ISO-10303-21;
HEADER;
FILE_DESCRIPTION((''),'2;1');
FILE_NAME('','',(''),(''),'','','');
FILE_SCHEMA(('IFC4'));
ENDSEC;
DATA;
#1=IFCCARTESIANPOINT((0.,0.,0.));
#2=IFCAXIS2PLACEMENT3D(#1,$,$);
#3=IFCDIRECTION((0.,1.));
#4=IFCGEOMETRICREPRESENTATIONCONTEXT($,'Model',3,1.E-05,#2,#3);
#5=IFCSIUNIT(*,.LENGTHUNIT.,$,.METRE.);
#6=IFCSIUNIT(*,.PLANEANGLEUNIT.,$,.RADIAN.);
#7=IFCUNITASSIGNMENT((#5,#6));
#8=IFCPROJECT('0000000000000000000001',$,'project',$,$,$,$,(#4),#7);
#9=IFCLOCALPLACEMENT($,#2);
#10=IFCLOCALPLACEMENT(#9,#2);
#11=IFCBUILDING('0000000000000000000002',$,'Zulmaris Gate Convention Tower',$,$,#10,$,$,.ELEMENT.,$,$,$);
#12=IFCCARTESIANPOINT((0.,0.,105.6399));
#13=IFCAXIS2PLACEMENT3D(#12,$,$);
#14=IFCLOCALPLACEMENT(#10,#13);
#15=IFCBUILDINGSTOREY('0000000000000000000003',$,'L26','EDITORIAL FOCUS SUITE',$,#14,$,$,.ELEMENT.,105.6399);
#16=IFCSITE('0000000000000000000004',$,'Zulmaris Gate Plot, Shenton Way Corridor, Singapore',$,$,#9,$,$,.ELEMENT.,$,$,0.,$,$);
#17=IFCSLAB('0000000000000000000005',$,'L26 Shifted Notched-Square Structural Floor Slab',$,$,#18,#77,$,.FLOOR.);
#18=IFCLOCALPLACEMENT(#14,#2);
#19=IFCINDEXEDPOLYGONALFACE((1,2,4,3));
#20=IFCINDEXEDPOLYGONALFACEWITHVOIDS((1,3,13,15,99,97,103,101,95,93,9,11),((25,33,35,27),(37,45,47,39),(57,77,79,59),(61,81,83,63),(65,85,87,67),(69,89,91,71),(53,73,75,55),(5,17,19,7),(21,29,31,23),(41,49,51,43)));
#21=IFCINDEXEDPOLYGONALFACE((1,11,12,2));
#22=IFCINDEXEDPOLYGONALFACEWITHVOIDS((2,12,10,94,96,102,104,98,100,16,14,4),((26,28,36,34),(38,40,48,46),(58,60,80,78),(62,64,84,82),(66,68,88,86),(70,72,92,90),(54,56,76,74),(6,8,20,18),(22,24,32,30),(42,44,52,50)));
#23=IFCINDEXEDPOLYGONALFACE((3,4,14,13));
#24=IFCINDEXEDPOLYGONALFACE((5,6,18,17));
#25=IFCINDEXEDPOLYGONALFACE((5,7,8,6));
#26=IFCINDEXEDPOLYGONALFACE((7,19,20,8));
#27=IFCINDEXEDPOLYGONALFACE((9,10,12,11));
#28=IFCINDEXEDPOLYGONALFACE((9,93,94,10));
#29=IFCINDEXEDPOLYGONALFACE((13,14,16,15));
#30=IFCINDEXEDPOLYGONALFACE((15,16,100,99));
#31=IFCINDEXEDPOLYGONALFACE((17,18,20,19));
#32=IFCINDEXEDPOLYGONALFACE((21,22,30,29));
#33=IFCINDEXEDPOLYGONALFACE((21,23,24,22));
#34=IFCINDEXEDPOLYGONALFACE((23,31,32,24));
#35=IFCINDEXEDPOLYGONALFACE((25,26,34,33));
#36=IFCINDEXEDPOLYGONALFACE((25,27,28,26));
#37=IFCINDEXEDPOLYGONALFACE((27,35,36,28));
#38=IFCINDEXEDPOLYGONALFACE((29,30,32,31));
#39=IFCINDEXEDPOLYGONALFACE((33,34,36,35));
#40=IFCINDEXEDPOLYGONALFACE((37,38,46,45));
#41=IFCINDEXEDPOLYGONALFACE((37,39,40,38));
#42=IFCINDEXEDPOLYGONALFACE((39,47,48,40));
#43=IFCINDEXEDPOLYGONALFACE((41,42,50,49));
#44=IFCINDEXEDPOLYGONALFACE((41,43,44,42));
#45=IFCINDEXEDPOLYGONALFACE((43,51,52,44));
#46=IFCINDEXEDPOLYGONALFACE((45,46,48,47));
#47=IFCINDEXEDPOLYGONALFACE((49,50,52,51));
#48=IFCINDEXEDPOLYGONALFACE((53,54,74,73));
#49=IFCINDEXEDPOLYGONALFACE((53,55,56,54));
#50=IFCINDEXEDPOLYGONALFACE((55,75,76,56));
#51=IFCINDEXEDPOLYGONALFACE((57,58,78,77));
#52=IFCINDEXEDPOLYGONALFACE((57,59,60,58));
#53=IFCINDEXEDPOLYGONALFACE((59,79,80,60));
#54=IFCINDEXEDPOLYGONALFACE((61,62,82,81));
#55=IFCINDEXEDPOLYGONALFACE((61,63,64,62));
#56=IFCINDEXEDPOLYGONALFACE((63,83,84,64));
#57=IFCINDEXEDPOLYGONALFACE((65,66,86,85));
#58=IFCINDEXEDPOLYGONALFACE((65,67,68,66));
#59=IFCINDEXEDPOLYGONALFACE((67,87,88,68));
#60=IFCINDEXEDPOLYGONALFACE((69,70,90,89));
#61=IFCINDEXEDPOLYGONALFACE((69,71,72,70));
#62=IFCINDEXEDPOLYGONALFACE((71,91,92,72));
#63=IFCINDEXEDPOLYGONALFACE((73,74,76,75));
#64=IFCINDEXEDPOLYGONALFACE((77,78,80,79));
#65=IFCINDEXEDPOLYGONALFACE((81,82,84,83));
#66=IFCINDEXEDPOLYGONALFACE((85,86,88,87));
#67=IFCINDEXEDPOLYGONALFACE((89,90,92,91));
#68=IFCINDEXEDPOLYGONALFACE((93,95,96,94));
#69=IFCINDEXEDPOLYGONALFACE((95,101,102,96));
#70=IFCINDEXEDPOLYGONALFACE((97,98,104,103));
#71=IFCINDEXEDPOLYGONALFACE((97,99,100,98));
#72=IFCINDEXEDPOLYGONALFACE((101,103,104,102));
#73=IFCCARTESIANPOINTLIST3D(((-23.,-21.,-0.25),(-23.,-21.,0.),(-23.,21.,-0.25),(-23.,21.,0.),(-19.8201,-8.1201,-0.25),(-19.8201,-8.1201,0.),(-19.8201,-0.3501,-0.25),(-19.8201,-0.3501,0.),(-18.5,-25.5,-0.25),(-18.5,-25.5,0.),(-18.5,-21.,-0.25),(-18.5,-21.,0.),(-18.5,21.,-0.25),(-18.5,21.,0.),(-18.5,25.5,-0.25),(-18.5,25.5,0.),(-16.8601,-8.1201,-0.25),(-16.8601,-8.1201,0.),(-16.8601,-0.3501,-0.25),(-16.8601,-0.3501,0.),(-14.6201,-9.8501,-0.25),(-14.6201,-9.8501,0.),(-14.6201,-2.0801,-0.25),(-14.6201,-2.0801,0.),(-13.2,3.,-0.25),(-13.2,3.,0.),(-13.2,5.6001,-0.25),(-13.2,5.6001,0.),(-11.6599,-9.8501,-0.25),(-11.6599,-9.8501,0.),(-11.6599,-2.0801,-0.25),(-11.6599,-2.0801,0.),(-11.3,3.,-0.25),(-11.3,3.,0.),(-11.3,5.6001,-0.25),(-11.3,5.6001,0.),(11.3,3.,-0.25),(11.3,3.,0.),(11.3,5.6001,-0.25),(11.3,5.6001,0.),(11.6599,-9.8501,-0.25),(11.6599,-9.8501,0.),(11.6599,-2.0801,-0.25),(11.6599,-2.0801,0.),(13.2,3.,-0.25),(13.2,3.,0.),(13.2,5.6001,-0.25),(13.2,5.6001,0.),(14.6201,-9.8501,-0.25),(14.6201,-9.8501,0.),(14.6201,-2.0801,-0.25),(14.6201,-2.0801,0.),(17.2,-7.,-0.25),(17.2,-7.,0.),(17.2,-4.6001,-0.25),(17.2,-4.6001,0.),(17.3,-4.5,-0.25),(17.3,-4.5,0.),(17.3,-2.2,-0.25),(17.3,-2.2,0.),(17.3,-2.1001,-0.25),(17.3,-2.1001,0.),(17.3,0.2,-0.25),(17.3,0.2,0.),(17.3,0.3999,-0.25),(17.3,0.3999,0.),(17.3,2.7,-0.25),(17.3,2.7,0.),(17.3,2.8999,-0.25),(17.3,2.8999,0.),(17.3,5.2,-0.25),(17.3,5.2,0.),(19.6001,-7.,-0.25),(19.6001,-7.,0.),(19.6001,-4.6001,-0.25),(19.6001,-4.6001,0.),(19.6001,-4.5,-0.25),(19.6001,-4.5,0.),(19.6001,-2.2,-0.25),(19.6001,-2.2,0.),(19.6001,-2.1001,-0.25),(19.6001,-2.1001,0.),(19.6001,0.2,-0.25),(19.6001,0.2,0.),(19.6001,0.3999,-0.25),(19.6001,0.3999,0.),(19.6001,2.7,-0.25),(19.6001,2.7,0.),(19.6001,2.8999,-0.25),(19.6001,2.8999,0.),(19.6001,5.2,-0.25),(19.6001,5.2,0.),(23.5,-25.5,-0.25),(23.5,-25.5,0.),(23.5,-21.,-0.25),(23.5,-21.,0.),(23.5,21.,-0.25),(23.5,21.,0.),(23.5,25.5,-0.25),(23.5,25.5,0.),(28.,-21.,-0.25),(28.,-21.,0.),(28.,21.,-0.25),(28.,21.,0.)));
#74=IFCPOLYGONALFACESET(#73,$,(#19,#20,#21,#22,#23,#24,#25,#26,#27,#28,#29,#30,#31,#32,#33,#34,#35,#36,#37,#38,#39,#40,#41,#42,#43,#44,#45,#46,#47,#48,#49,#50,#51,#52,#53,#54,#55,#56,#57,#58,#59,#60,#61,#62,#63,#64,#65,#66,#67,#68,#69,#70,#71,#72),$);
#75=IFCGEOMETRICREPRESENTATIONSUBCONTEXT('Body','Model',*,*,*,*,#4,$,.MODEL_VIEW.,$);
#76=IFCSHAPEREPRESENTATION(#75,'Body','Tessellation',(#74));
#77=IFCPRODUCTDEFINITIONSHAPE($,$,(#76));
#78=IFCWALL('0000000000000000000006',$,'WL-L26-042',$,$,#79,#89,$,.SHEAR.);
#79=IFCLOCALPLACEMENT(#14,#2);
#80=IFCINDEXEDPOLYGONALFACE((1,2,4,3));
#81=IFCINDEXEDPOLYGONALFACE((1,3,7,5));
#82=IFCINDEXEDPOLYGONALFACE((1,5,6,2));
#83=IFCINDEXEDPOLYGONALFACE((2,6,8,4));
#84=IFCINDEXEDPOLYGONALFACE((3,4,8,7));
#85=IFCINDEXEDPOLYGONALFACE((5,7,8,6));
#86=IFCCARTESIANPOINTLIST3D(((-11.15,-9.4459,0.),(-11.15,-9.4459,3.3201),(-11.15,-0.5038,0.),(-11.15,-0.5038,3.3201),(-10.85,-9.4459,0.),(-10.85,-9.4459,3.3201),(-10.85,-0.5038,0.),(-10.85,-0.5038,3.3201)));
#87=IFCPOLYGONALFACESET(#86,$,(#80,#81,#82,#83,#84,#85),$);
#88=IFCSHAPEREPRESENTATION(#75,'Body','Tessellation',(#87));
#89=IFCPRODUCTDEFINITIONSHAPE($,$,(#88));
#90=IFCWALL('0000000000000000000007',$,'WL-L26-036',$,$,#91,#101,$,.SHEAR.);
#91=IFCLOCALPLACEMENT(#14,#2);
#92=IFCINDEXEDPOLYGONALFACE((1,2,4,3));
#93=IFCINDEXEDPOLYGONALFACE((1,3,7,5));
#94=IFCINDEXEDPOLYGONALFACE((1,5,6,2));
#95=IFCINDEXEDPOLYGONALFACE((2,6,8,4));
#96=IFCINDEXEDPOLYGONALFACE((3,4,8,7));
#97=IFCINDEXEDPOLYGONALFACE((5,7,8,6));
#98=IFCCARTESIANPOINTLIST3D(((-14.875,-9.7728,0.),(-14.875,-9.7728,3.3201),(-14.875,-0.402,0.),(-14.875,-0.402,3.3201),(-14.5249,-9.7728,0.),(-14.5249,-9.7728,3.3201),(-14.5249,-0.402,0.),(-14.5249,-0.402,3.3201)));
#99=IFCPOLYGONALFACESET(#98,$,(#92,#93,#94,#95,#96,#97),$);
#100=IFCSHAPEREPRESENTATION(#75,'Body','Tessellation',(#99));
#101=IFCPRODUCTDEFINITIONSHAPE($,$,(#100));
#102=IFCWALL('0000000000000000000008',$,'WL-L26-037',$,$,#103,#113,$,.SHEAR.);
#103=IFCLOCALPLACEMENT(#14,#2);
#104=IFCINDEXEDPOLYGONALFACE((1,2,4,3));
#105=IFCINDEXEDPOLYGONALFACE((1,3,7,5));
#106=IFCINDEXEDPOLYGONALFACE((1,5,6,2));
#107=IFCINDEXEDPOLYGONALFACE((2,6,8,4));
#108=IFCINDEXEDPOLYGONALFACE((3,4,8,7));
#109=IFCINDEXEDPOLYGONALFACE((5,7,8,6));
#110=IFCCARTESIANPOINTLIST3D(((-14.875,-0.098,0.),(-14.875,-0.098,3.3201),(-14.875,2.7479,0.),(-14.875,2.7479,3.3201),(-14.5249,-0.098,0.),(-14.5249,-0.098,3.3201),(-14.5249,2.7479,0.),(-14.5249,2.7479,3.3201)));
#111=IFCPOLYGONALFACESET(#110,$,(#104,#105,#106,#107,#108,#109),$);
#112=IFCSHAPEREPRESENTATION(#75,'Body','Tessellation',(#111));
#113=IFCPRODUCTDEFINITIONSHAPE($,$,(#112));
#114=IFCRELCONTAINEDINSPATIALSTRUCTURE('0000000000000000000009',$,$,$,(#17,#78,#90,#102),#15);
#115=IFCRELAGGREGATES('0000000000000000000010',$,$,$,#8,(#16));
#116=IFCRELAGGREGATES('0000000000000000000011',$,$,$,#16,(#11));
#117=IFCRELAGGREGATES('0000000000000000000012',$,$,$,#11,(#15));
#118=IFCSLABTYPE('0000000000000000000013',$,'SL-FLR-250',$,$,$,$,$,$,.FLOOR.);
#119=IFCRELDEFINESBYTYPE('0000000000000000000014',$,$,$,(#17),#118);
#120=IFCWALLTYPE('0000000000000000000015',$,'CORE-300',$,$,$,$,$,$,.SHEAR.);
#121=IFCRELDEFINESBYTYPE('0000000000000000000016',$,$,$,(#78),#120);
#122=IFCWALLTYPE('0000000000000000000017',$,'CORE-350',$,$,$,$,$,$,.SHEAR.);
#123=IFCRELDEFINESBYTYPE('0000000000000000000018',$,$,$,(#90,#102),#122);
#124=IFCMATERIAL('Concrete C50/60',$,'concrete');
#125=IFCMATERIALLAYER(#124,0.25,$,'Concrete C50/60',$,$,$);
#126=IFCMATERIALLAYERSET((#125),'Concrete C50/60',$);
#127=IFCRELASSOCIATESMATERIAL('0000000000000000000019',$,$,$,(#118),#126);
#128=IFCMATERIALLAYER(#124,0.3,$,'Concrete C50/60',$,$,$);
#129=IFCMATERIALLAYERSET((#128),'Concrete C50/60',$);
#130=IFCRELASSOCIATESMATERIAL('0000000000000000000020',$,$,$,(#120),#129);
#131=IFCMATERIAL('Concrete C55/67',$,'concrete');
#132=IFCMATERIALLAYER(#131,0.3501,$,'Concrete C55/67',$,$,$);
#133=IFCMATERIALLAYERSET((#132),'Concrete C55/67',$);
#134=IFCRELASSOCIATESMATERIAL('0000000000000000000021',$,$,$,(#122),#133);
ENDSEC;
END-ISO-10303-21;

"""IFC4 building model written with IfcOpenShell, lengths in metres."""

from ifc_helpers import new_model, si_unit, direction, frame, frame_2d, origin, place, context, subcontext, project, spatial, polyline, rectangle, outline, extrude, material, layer, layer_set, type_object, element, save


model = new_model("IFC4")

# Units and contexts
model_context = context("Model", 3, precision=1e-05, world=origin(), true_north=direction((0.0, 1.0)))
body_context = subcontext(model_context, "Body", "Model", "MODEL_VIEW")
ifc_project = project(units=[si_unit("LENGTHUNIT", "METRE"), si_unit("PLANEANGLEUNIT", "RADIAN")], contexts=[model_context])

# Site, building, storey
site_placement = place(None, origin())
site = spatial("IfcSite", under=ifc_project, at=site_placement, Name="Zulmaris Gate Plot, Shenton Way Corridor, Singapore", CompositionType="ELEMENT", RefElevation=0.0)
building_placement = place(site_placement, origin())
building = spatial("IfcBuilding", under=site, at=building_placement, Name="Zulmaris Gate Convention Tower", CompositionType="ELEMENT")
storey_placement = place(building_placement, frame((0.0, 0.0, 105.6399)))
storey = spatial("IfcBuildingStorey", under=building, at=storey_placement, Name="L26", Description="EDITORIAL FOCUS SUITE", CompositionType="ELEMENT", Elevation=105.6399)

# Slab
ifc_material_1 = material(Name="Concrete C50/60", Category="concrete")
ifc_layer_1 = layer(ifc_material_1, 0.25, Name="Concrete C50/60")
ifc_layer_set_1 = layer_set([ifc_layer_1], Name="Concrete C50/60")
slab_type_1 = type_object("IfcSlabType", Name="SL-FLR-250", PredefinedType="FLOOR", material=ifc_layer_set_1)
slab_1_placement = place(storey_placement, frame((0.0, 0.0, -0.25)))
element("IfcSlab", 1, at=slab_1_placement, inside=storey, type_object=slab_type_1, Name="L26 Shifted Notched-Square Structural Floor Slab", PredefinedType="FLOOR", context=body_context, shape_type="SweptSolid", body=[
    extrude(outline(polyline([(-18.5, -25.5), (23.5, -25.5), (23.5, -21.0), (28.0, -21.0), (28.0, 21.0), (23.5, 21.0), (23.5, 25.5), (-18.5, 25.5), (-18.5, 21.0), (-23.0, 21.0), (-23.0, -21.0), (-18.5, -21.0), (-18.5, -25.5)]), holes=[polyline([(-14.6201, -2.0801), (-14.6201, -9.8501), (-11.6599, -9.8501), (-11.6599, -2.0801), (-14.6201, -2.0801)]), polyline([(11.6599, -2.0801), (11.6599, -9.8501), (14.6201, -9.8501), (14.6201, -2.0801), (11.6599, -2.0801)]), polyline([(-16.8601, -8.1201), (-16.8601, -0.3501), (-19.8201, -0.3501), (-19.8201, -8.1201), (-16.8601, -8.1201)]), polyline([(-13.2, 3.0), (-11.3, 3.0), (-11.3, 5.6001), (-13.2, 5.6001), (-13.2, 3.0)]), polyline([(11.3, 3.0), (13.2, 3.0), (13.2, 5.6001), (11.3, 5.6001), (11.3, 3.0)]), polyline([(17.2, -7.0), (19.6001, -7.0), (19.6001, -4.6001), (17.2, -4.6001), (17.2, -7.0)]), polyline([(17.3, -4.5), (19.6001, -4.5), (19.6001, -2.2), (17.3, -2.2), (17.3, -4.5)]), polyline([(17.3, -2.1001), (19.6001, -2.1001), (19.6001, 0.2), (17.3, 0.2), (17.3, -2.1001)]), polyline([(17.3, 0.3999), (19.6001, 0.3999), (19.6001, 2.7), (17.3, 2.7), (17.3, 0.3999)]), polyline([(17.3, 2.8999), (19.6001, 2.8999), (19.6001, 5.2), (17.3, 5.2), (17.3, 2.8999)])]), origin(), (0.0, 0.0, 1.0), 0.25),
])

# Walls
ifc_layer_2 = layer(ifc_material_1, 0.3, Name="Concrete C50/60")
ifc_layer_set_2 = layer_set([ifc_layer_2], Name="Concrete C50/60")
wall_type_1 = type_object("IfcWallType", Name="CORE-300", PredefinedType="SHEAR", material=ifc_layer_set_2)
wall_1_placement = place(storey_placement, frame((-11.0, -9.446, 0.0), z_axis=(0.0, 0.0, 1.0), x_axis=(0.0, 1.0, 0.0)))
element("IfcWall", 2, at=wall_1_placement, inside=storey, type_object=wall_type_1, Name="WL-L26-042", PredefinedType="SHEAR", context=body_context, shape_type="SweptSolid", body=[
    extrude(rectangle(XDim=8.9421, YDim=0.3, at=frame_2d((4.4712, 0.0))), origin(), (0.0, 0.0, 1.0), 3.3201),
])
ifc_material_2 = material(Name="Concrete C55/67", Category="concrete")
ifc_layer_3 = layer(ifc_material_2, 0.3501, Name="Concrete C55/67")
ifc_layer_set_3 = layer_set([ifc_layer_3], Name="Concrete C55/67")
wall_type_2 = type_object("IfcWallType", Name="CORE-350", PredefinedType="SHEAR", material=ifc_layer_set_3)
wall_2_placement = place(storey_placement, frame((-14.7, -9.7729, 0.0), z_axis=(0.0, 0.0, 1.0), x_axis=(0.0, 1.0, 0.0)))
element("IfcWall", 3, at=wall_2_placement, inside=storey, type_object=wall_type_2, Name="WL-L26-036", PredefinedType="SHEAR", context=body_context, shape_type="SweptSolid", body=[
    extrude(rectangle(XDim=9.3708, YDim=0.3501, at=frame_2d((4.6855, 0.0))), origin(), (0.0, 0.0, 1.0), 3.3201),
])
wall_3_placement = place(storey_placement, frame((-14.7, -0.0979, 0.0), z_axis=(0.0, 0.0, 1.0), x_axis=(0.0, 1.0, 0.0)))
element("IfcWall", 4, at=wall_3_placement, inside=storey, type_object=wall_type_2, Name="WL-L26-037", PredefinedType="SHEAR", context=body_context, shape_type="SweptSolid", body=[
    extrude(rectangle(XDim=2.8459, YDim=0.3501, at=frame_2d((1.4229, 0.0))), origin(), (0.0, 0.0, 1.0), 3.3201),
])

save(model, "model.ifc")
